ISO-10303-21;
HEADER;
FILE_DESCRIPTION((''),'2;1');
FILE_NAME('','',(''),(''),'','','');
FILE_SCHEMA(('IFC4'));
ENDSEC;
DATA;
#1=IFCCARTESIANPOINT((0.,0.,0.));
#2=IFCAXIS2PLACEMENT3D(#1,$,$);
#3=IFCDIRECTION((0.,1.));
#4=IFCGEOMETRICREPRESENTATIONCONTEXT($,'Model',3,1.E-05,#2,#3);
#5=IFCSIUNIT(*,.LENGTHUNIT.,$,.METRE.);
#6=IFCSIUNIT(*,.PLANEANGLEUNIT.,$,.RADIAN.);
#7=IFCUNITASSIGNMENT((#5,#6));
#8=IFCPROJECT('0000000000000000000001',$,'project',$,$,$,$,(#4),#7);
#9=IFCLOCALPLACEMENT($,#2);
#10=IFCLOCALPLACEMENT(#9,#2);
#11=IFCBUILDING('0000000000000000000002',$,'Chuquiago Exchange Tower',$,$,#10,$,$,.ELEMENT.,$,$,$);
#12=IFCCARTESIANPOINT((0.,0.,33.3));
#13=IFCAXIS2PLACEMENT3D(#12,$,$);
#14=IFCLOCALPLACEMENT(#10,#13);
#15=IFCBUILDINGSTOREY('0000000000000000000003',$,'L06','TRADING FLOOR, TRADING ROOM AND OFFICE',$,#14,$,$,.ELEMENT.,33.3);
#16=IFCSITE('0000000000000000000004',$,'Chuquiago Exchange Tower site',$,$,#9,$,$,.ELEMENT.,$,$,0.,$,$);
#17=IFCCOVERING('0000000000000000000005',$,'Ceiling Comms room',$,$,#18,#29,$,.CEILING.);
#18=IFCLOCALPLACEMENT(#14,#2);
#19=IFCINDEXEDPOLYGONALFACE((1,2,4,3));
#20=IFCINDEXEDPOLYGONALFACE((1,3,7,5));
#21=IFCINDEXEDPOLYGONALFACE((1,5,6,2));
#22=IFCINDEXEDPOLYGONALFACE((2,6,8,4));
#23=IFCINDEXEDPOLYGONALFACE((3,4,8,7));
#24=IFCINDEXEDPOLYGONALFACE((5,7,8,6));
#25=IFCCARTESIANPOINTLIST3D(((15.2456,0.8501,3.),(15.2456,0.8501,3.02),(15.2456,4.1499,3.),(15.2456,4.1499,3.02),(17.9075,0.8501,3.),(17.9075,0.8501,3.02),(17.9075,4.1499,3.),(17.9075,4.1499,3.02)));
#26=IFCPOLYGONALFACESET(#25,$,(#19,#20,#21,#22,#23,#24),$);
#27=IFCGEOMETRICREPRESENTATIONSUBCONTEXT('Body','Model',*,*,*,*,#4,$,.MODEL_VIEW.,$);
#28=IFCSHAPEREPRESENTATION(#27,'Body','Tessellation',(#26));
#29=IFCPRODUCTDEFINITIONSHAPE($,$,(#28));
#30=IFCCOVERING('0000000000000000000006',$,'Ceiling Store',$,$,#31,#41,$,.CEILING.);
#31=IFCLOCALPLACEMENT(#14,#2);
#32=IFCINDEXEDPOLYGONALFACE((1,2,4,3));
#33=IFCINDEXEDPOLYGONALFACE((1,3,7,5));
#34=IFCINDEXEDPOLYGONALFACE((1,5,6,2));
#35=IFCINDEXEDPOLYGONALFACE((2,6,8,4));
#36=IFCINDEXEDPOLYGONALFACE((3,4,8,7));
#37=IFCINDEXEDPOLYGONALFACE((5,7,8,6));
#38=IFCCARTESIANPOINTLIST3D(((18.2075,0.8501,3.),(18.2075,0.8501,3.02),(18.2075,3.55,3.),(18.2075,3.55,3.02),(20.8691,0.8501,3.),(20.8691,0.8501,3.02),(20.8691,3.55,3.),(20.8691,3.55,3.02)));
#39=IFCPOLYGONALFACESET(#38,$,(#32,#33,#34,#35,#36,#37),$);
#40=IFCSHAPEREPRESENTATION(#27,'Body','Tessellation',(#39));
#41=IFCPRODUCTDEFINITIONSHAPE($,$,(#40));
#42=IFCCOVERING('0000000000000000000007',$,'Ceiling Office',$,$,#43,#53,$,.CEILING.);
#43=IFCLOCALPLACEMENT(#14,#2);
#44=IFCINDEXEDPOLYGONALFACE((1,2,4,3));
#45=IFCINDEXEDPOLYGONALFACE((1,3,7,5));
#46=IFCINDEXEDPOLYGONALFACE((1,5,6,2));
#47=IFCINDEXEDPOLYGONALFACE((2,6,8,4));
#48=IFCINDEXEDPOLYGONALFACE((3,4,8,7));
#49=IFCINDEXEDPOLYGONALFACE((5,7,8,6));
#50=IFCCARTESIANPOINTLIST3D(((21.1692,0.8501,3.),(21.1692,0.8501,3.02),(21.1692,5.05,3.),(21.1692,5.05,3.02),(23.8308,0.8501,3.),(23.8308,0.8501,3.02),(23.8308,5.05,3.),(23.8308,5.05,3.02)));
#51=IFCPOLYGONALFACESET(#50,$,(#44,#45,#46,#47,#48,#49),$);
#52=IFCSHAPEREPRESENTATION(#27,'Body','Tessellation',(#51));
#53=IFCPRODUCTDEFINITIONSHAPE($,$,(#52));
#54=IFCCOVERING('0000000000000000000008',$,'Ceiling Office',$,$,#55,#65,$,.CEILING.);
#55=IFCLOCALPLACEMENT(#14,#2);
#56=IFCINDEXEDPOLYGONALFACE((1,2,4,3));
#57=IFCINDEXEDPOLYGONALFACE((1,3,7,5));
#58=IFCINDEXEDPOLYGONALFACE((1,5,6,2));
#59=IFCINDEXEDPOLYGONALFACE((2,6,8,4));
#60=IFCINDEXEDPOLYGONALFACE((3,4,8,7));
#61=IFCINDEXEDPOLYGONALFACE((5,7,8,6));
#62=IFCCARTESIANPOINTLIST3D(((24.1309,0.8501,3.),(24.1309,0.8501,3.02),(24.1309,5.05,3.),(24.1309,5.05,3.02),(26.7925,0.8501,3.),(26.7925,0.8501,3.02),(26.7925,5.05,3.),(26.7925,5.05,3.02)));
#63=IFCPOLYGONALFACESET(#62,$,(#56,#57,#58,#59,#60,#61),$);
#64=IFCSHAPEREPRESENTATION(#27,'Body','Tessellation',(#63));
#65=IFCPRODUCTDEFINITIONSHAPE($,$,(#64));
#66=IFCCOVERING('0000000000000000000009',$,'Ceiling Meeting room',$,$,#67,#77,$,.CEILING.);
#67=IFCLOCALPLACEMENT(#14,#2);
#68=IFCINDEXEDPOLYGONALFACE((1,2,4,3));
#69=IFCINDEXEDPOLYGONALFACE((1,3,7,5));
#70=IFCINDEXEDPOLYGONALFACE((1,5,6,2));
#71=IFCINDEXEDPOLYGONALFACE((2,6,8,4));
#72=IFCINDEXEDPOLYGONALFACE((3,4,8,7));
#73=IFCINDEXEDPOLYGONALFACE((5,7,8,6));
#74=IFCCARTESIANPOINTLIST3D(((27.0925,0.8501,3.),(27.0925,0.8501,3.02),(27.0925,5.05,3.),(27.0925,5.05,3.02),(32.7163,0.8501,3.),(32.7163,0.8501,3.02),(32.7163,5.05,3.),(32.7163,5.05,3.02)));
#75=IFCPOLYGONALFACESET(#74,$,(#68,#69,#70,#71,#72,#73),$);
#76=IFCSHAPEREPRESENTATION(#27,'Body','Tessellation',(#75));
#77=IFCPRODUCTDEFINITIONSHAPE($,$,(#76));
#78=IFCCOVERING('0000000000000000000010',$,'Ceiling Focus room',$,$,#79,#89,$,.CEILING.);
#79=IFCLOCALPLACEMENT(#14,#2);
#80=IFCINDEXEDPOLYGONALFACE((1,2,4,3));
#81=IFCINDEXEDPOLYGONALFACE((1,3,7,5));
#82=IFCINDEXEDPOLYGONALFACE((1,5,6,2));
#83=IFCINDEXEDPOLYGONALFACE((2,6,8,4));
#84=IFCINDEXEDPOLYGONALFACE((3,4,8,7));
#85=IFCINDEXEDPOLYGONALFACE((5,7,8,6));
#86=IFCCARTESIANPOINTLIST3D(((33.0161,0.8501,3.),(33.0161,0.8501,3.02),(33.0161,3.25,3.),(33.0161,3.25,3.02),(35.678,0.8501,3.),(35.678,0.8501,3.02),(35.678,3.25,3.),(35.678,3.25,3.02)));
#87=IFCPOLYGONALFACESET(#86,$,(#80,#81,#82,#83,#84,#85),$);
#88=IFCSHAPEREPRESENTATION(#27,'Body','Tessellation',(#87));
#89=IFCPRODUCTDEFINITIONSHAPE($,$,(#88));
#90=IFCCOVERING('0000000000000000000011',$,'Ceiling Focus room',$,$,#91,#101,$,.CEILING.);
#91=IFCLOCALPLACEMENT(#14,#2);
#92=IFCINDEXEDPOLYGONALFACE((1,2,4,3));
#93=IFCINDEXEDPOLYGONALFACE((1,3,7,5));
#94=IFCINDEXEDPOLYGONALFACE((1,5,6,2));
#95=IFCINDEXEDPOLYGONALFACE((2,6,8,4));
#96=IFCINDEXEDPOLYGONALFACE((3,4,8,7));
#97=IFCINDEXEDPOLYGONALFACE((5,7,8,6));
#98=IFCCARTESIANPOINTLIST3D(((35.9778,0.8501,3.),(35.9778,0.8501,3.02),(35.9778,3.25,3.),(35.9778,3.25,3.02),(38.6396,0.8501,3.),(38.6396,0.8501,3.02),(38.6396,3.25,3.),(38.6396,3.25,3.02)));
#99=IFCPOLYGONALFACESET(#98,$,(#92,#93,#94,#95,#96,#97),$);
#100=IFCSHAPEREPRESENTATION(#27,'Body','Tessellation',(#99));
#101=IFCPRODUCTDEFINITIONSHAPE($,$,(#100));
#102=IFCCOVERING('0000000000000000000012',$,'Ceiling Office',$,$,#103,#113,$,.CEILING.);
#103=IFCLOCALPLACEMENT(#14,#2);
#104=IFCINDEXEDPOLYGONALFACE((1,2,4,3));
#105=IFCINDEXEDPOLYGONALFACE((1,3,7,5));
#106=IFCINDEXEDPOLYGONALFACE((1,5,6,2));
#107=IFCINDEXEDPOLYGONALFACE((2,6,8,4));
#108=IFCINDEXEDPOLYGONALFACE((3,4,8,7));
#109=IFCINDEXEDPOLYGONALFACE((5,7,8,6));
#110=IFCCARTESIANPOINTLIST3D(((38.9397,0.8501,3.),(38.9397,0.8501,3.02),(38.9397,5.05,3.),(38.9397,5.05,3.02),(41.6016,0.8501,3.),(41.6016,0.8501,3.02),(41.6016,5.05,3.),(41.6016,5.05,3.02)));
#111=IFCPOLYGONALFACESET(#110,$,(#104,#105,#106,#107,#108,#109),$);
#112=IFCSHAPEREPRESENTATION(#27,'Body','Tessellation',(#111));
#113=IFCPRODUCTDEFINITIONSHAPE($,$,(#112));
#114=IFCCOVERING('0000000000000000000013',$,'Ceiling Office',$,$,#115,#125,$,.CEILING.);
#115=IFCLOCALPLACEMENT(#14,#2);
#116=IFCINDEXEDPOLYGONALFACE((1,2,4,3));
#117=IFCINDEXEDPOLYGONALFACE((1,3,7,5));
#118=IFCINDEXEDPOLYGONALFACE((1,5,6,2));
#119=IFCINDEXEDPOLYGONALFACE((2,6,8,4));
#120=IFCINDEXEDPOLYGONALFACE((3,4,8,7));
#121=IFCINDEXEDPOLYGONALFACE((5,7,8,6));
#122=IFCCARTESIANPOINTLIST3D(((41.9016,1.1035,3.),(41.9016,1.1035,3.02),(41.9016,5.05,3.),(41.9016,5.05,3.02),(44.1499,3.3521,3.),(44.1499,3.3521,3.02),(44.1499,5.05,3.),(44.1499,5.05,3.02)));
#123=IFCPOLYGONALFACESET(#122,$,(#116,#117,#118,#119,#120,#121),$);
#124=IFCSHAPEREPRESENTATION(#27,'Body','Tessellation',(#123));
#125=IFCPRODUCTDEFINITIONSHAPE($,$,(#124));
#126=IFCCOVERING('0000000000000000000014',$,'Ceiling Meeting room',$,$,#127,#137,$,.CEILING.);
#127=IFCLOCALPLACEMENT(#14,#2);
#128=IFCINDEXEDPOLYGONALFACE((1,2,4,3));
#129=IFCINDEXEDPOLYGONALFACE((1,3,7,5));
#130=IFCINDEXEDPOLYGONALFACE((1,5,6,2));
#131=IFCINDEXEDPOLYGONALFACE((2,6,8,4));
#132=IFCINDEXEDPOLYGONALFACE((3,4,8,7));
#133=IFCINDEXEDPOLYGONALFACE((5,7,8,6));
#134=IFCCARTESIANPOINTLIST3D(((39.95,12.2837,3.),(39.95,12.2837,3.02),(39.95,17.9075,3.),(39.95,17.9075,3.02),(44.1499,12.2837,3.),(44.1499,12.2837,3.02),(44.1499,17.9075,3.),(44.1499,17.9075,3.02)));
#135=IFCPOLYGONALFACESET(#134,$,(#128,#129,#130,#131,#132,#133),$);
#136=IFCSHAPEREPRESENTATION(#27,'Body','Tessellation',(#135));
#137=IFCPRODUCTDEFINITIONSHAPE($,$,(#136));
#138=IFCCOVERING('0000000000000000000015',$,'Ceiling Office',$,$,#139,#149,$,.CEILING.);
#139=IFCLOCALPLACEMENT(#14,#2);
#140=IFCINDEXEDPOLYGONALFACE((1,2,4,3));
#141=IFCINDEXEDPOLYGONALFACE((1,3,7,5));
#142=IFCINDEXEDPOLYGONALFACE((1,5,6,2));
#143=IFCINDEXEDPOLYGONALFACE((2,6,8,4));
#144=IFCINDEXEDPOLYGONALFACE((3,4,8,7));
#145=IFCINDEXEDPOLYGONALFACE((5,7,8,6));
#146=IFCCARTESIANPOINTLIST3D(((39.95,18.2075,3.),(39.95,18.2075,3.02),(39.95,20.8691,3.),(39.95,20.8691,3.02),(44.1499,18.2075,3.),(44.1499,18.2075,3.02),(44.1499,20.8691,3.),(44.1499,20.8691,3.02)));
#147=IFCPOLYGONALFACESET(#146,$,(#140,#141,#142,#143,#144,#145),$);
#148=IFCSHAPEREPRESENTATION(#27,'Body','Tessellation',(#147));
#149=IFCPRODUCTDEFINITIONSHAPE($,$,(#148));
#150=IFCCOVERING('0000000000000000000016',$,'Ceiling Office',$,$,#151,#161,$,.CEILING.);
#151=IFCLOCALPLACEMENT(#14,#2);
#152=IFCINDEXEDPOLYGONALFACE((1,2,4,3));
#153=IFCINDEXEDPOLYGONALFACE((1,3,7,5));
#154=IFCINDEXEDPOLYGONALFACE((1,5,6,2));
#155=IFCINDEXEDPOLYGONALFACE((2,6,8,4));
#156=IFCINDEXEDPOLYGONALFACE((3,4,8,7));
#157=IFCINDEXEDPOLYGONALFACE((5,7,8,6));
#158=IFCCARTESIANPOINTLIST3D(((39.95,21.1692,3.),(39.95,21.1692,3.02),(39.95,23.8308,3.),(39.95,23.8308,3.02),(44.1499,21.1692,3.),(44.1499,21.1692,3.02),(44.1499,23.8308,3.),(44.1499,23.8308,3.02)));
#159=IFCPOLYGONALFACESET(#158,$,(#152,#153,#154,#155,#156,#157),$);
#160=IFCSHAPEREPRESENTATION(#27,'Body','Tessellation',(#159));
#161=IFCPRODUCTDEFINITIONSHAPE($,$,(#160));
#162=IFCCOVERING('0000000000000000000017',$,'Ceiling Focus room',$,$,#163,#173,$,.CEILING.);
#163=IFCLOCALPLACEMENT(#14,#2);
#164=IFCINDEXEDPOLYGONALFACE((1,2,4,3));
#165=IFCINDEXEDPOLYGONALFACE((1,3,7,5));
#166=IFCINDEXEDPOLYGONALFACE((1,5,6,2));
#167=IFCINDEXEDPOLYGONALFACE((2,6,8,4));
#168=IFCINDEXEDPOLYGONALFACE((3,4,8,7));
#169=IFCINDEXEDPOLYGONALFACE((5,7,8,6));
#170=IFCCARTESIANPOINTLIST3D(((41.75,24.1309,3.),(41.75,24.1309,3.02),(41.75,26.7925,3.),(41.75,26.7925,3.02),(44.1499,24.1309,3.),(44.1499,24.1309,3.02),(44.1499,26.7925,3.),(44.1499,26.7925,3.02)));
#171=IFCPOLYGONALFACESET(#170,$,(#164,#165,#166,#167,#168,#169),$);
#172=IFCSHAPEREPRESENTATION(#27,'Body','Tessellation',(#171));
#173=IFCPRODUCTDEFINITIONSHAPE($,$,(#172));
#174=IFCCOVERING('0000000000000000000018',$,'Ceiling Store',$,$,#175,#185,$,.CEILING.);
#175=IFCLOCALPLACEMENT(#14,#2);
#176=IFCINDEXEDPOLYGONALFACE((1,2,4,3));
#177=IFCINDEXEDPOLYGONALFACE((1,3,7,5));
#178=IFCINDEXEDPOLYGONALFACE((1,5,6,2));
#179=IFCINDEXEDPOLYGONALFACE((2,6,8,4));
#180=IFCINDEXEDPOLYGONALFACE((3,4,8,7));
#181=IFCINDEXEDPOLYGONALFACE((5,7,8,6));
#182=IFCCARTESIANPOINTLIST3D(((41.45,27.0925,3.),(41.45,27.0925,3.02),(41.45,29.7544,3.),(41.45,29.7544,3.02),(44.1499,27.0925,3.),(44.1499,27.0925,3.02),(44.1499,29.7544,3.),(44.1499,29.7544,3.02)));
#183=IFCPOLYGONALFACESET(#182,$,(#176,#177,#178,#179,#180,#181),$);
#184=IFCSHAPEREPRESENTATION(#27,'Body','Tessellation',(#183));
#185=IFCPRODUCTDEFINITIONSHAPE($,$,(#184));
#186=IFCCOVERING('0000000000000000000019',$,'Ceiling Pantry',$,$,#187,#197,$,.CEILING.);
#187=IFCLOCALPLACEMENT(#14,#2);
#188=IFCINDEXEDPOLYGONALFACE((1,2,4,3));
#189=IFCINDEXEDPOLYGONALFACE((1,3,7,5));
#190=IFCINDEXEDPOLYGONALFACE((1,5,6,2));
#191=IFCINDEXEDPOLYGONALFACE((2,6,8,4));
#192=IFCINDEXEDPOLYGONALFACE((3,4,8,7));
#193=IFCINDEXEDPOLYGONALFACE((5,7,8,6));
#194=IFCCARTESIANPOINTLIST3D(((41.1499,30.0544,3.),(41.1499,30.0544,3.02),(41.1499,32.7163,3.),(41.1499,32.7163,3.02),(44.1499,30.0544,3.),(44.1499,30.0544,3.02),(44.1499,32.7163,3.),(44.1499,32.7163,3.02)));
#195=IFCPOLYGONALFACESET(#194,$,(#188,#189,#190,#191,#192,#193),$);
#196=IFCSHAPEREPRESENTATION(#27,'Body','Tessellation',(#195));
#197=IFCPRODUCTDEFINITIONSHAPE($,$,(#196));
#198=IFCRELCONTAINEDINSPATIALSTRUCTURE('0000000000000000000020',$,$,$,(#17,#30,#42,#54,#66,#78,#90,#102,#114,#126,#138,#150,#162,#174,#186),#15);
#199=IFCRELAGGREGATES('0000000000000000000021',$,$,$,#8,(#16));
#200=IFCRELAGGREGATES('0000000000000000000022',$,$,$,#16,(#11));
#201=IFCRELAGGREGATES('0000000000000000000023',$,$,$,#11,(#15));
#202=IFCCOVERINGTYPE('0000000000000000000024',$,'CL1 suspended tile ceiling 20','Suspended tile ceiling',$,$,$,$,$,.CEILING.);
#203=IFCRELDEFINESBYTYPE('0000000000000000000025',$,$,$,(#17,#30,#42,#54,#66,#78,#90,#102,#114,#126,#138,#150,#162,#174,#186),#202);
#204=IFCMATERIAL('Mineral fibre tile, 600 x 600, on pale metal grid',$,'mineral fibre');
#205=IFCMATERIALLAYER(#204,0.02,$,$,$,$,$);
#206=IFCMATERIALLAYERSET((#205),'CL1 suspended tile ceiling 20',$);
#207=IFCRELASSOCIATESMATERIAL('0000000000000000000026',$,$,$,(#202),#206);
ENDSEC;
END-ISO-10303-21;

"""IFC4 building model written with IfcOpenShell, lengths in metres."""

from ifc_helpers import new_model, si_unit, direction, frame, origin, place, context, subcontext, project, spatial, polyline, outline, extrude, material, layer, layer_set, type_object, element, save


model = new_model("IFC4")

# Units and contexts
model_context = context("Model", 3, precision=1e-05, world=origin(), true_north=direction((0.0, 1.0)))
body_context = subcontext(model_context, "Body", "Model", "MODEL_VIEW")
ifc_project = project(units=[si_unit("LENGTHUNIT", "METRE"), si_unit("PLANEANGLEUNIT", "RADIAN")], contexts=[model_context])

# Site, building, storey
site_placement = place(None, origin())
site = spatial("IfcSite", under=ifc_project, at=site_placement, Name="Chuquiago Exchange Tower site", CompositionType="ELEMENT", RefElevation=0.0)
building_placement = place(site_placement, origin())
building = spatial("IfcBuilding", under=site, at=building_placement, Name="Chuquiago Exchange Tower", CompositionType="ELEMENT")
storey_placement = place(building_placement, frame((0.0, 0.0, 33.3)))
storey = spatial("IfcBuildingStorey", under=building, at=storey_placement, Name="L06", Description="TRADING FLOOR, TRADING ROOM AND OFFICE", CompositionType="ELEMENT", Elevation=33.3)

# Coverings
ifc_material_1 = material(Name="Mineral fibre tile, 600 x 600, on pale metal grid", Category="mineral fibre")
ifc_layer_1 = layer(ifc_material_1, 0.02)
ifc_layer_set_1 = layer_set([ifc_layer_1], Name="CL1 suspended tile ceiling 20")
covering_type_1 = type_object("IfcCoveringType", Name="CL1 suspended tile ceiling 20", Description="Suspended tile ceiling", PredefinedType="CEILING", material=ifc_layer_set_1)
covering_1_placement = place(storey_placement, frame((0.0, 0.0, 3.0)))
element("IfcCovering", 1, at=covering_1_placement, inside=storey, type_object=covering_type_1, Name="Ceiling Comms room", PredefinedType="CEILING", context=body_context, shape_type="SweptSolid", body=[
    extrude(outline(polyline([(15.2456, 4.1499), (17.9075, 4.1499), (17.9075, 0.8501), (15.2456, 0.8501), (15.2456, 4.1499)])), origin(), (0.0, 0.0, 1.0), 0.02),
])
covering_2_placement = place(storey_placement, frame((0.0, 0.0, 3.0)))
element("IfcCovering", 2, at=covering_2_placement, inside=storey, type_object=covering_type_1, Name="Ceiling Store", PredefinedType="CEILING", context=body_context, shape_type="SweptSolid", body=[
    extrude(outline(polyline([(18.2075, 3.55), (20.8691, 3.55), (20.8691, 0.8501), (18.2075, 0.8501), (18.2075, 3.55)])), origin(), (0.0, 0.0, 1.0), 0.02),
])
covering_3_placement = place(storey_placement, frame((0.0, 0.0, 3.0)))
element("IfcCovering", 3, at=covering_3_placement, inside=storey, type_object=covering_type_1, Name="Ceiling Office", PredefinedType="CEILING", context=body_context, shape_type="SweptSolid", body=[
    extrude(outline(polyline([(21.1692, 5.05), (23.8308, 5.05), (23.8308, 0.8501), (21.1692, 0.8501), (21.1692, 5.05)])), origin(), (0.0, 0.0, 1.0), 0.02),
])
covering_4_placement = place(storey_placement, frame((0.0, 0.0, 3.0)))
element("IfcCovering", 4, at=covering_4_placement, inside=storey, type_object=covering_type_1, Name="Ceiling Office", PredefinedType="CEILING", context=body_context, shape_type="SweptSolid", body=[
    extrude(outline(polyline([(24.1309, 5.05), (26.7925, 5.05), (26.7925, 0.8501), (24.1309, 0.8501), (24.1309, 5.05)])), origin(), (0.0, 0.0, 1.0), 0.02),
])
covering_5_placement = place(storey_placement, frame((0.0, 0.0, 3.0)))
element("IfcCovering", 5, at=covering_5_placement, inside=storey, type_object=covering_type_1, Name="Ceiling Meeting room", PredefinedType="CEILING", context=body_context, shape_type="SweptSolid", body=[
    extrude(outline(polyline([(27.0925, 5.05), (32.7163, 5.05), (32.7163, 0.8501), (27.0925, 0.8501), (27.0925, 5.05)])), origin(), (0.0, 0.0, 1.0), 0.02),
])
covering_6_placement = place(storey_placement, frame((0.0, 0.0, 3.0)))
element("IfcCovering", 6, at=covering_6_placement, inside=storey, type_object=covering_type_1, Name="Ceiling Focus room", PredefinedType="CEILING", context=body_context, shape_type="SweptSolid", body=[
    extrude(outline(polyline([(33.0161, 3.25), (35.678, 3.25), (35.678, 0.8501), (33.0161, 0.8501), (33.0161, 3.25)])), origin(), (0.0, 0.0, 1.0), 0.02),
])
covering_7_placement = place(storey_placement, frame((0.0, 0.0, 3.0)))
element("IfcCovering", 7, at=covering_7_placement, inside=storey, type_object=covering_type_1, Name="Ceiling Focus room", PredefinedType="CEILING", context=body_context, shape_type="SweptSolid", body=[
    extrude(outline(polyline([(35.9778, 3.25), (38.6396, 3.25), (38.6396, 0.8501), (35.9778, 0.8501), (35.9778, 3.25)])), origin(), (0.0, 0.0, 1.0), 0.02),
])
covering_8_placement = place(storey_placement, frame((0.0, 0.0, 3.0)))
element("IfcCovering", 8, at=covering_8_placement, inside=storey, type_object=covering_type_1, Name="Ceiling Office", PredefinedType="CEILING", context=body_context, shape_type="SweptSolid", body=[
    extrude(outline(polyline([(38.9397, 0.8501), (38.9397, 5.05), (41.6016, 5.05), (41.6016, 0.8501), (38.9397, 0.8501)])), origin(), (0.0, 0.0, 1.0), 0.02),
])
covering_9_placement = place(storey_placement, frame((0.0, 0.0, 3.0)))
element("IfcCovering", 9, at=covering_9_placement, inside=storey, type_object=covering_type_1, Name="Ceiling Office", PredefinedType="CEILING", context=body_context, shape_type="SweptSolid", body=[
    extrude(outline(polyline([(41.9016, 1.1035), (41.9016, 5.05), (44.1499, 5.05), (44.1499, 3.3521), (41.9016, 1.1035)])), origin(), (0.0, 0.0, 1.0), 0.02),
])
covering_10_placement = place(storey_placement, frame((0.0, 0.0, 3.0)))
element("IfcCovering", 10, at=covering_10_placement, inside=storey, type_object=covering_type_1, Name="Ceiling Meeting room", PredefinedType="CEILING", context=body_context, shape_type="SweptSolid", body=[
    extrude(outline(polyline([(39.95, 12.2837), (39.95, 17.9075), (44.1499, 17.9075), (44.1499, 12.2837), (39.95, 12.2837)])), origin(), (0.0, 0.0, 1.0), 0.02),
])
covering_11_placement = place(storey_placement, frame((0.0, 0.0, 3.0)))
element("IfcCovering", 11, at=covering_11_placement, inside=storey, type_object=covering_type_1, Name="Ceiling Office", PredefinedType="CEILING", context=body_context, shape_type="SweptSolid", body=[
    extrude(outline(polyline([(39.95, 18.2075), (39.95, 20.8691), (44.1499, 20.8691), (44.1499, 18.2075), (39.95, 18.2075)])), origin(), (0.0, 0.0, 1.0), 0.02),
])
covering_12_placement = place(storey_placement, frame((0.0, 0.0, 3.0)))
element("IfcCovering", 12, at=covering_12_placement, inside=storey, type_object=covering_type_1, Name="Ceiling Office", PredefinedType="CEILING", context=body_context, shape_type="SweptSolid", body=[
    extrude(outline(polyline([(39.95, 21.1692), (39.95, 23.8308), (44.1499, 23.8308), (44.1499, 21.1692), (39.95, 21.1692)])), origin(), (0.0, 0.0, 1.0), 0.02),
])
covering_13_placement = place(storey_placement, frame((0.0, 0.0, 3.0)))
element("IfcCovering", 13, at=covering_13_placement, inside=storey, type_object=covering_type_1, Name="Ceiling Focus room", PredefinedType="CEILING", context=body_context, shape_type="SweptSolid", body=[
    extrude(outline(polyline([(41.75, 24.1309), (41.75, 26.7925), (44.1499, 26.7925), (44.1499, 24.1309), (41.75, 24.1309)])), origin(), (0.0, 0.0, 1.0), 0.02),
])
covering_14_placement = place(storey_placement, frame((0.0, 0.0, 3.0)))
element("IfcCovering", 14, at=covering_14_placement, inside=storey, type_object=covering_type_1, Name="Ceiling Store", PredefinedType="CEILING", context=body_context, shape_type="SweptSolid", body=[
    extrude(outline(polyline([(41.45, 27.0925), (41.45, 29.7544), (44.1499, 29.7544), (44.1499, 27.0925), (41.45, 27.0925)])), origin(), (0.0, 0.0, 1.0), 0.02),
])
covering_15_placement = place(storey_placement, frame((0.0, 0.0, 3.0)))
element("IfcCovering", 15, at=covering_15_placement, inside=storey, type_object=covering_type_1, Name="Ceiling Pantry", PredefinedType="CEILING", context=body_context, shape_type="SweptSolid", body=[
    extrude(outline(polyline([(41.1499, 30.0544), (41.1499, 32.7163), (44.1499, 32.7163), (44.1499, 30.0544), (41.1499, 30.0544)])), origin(), (0.0, 0.0, 1.0), 0.02),
])

save(model, "model.ifc")
